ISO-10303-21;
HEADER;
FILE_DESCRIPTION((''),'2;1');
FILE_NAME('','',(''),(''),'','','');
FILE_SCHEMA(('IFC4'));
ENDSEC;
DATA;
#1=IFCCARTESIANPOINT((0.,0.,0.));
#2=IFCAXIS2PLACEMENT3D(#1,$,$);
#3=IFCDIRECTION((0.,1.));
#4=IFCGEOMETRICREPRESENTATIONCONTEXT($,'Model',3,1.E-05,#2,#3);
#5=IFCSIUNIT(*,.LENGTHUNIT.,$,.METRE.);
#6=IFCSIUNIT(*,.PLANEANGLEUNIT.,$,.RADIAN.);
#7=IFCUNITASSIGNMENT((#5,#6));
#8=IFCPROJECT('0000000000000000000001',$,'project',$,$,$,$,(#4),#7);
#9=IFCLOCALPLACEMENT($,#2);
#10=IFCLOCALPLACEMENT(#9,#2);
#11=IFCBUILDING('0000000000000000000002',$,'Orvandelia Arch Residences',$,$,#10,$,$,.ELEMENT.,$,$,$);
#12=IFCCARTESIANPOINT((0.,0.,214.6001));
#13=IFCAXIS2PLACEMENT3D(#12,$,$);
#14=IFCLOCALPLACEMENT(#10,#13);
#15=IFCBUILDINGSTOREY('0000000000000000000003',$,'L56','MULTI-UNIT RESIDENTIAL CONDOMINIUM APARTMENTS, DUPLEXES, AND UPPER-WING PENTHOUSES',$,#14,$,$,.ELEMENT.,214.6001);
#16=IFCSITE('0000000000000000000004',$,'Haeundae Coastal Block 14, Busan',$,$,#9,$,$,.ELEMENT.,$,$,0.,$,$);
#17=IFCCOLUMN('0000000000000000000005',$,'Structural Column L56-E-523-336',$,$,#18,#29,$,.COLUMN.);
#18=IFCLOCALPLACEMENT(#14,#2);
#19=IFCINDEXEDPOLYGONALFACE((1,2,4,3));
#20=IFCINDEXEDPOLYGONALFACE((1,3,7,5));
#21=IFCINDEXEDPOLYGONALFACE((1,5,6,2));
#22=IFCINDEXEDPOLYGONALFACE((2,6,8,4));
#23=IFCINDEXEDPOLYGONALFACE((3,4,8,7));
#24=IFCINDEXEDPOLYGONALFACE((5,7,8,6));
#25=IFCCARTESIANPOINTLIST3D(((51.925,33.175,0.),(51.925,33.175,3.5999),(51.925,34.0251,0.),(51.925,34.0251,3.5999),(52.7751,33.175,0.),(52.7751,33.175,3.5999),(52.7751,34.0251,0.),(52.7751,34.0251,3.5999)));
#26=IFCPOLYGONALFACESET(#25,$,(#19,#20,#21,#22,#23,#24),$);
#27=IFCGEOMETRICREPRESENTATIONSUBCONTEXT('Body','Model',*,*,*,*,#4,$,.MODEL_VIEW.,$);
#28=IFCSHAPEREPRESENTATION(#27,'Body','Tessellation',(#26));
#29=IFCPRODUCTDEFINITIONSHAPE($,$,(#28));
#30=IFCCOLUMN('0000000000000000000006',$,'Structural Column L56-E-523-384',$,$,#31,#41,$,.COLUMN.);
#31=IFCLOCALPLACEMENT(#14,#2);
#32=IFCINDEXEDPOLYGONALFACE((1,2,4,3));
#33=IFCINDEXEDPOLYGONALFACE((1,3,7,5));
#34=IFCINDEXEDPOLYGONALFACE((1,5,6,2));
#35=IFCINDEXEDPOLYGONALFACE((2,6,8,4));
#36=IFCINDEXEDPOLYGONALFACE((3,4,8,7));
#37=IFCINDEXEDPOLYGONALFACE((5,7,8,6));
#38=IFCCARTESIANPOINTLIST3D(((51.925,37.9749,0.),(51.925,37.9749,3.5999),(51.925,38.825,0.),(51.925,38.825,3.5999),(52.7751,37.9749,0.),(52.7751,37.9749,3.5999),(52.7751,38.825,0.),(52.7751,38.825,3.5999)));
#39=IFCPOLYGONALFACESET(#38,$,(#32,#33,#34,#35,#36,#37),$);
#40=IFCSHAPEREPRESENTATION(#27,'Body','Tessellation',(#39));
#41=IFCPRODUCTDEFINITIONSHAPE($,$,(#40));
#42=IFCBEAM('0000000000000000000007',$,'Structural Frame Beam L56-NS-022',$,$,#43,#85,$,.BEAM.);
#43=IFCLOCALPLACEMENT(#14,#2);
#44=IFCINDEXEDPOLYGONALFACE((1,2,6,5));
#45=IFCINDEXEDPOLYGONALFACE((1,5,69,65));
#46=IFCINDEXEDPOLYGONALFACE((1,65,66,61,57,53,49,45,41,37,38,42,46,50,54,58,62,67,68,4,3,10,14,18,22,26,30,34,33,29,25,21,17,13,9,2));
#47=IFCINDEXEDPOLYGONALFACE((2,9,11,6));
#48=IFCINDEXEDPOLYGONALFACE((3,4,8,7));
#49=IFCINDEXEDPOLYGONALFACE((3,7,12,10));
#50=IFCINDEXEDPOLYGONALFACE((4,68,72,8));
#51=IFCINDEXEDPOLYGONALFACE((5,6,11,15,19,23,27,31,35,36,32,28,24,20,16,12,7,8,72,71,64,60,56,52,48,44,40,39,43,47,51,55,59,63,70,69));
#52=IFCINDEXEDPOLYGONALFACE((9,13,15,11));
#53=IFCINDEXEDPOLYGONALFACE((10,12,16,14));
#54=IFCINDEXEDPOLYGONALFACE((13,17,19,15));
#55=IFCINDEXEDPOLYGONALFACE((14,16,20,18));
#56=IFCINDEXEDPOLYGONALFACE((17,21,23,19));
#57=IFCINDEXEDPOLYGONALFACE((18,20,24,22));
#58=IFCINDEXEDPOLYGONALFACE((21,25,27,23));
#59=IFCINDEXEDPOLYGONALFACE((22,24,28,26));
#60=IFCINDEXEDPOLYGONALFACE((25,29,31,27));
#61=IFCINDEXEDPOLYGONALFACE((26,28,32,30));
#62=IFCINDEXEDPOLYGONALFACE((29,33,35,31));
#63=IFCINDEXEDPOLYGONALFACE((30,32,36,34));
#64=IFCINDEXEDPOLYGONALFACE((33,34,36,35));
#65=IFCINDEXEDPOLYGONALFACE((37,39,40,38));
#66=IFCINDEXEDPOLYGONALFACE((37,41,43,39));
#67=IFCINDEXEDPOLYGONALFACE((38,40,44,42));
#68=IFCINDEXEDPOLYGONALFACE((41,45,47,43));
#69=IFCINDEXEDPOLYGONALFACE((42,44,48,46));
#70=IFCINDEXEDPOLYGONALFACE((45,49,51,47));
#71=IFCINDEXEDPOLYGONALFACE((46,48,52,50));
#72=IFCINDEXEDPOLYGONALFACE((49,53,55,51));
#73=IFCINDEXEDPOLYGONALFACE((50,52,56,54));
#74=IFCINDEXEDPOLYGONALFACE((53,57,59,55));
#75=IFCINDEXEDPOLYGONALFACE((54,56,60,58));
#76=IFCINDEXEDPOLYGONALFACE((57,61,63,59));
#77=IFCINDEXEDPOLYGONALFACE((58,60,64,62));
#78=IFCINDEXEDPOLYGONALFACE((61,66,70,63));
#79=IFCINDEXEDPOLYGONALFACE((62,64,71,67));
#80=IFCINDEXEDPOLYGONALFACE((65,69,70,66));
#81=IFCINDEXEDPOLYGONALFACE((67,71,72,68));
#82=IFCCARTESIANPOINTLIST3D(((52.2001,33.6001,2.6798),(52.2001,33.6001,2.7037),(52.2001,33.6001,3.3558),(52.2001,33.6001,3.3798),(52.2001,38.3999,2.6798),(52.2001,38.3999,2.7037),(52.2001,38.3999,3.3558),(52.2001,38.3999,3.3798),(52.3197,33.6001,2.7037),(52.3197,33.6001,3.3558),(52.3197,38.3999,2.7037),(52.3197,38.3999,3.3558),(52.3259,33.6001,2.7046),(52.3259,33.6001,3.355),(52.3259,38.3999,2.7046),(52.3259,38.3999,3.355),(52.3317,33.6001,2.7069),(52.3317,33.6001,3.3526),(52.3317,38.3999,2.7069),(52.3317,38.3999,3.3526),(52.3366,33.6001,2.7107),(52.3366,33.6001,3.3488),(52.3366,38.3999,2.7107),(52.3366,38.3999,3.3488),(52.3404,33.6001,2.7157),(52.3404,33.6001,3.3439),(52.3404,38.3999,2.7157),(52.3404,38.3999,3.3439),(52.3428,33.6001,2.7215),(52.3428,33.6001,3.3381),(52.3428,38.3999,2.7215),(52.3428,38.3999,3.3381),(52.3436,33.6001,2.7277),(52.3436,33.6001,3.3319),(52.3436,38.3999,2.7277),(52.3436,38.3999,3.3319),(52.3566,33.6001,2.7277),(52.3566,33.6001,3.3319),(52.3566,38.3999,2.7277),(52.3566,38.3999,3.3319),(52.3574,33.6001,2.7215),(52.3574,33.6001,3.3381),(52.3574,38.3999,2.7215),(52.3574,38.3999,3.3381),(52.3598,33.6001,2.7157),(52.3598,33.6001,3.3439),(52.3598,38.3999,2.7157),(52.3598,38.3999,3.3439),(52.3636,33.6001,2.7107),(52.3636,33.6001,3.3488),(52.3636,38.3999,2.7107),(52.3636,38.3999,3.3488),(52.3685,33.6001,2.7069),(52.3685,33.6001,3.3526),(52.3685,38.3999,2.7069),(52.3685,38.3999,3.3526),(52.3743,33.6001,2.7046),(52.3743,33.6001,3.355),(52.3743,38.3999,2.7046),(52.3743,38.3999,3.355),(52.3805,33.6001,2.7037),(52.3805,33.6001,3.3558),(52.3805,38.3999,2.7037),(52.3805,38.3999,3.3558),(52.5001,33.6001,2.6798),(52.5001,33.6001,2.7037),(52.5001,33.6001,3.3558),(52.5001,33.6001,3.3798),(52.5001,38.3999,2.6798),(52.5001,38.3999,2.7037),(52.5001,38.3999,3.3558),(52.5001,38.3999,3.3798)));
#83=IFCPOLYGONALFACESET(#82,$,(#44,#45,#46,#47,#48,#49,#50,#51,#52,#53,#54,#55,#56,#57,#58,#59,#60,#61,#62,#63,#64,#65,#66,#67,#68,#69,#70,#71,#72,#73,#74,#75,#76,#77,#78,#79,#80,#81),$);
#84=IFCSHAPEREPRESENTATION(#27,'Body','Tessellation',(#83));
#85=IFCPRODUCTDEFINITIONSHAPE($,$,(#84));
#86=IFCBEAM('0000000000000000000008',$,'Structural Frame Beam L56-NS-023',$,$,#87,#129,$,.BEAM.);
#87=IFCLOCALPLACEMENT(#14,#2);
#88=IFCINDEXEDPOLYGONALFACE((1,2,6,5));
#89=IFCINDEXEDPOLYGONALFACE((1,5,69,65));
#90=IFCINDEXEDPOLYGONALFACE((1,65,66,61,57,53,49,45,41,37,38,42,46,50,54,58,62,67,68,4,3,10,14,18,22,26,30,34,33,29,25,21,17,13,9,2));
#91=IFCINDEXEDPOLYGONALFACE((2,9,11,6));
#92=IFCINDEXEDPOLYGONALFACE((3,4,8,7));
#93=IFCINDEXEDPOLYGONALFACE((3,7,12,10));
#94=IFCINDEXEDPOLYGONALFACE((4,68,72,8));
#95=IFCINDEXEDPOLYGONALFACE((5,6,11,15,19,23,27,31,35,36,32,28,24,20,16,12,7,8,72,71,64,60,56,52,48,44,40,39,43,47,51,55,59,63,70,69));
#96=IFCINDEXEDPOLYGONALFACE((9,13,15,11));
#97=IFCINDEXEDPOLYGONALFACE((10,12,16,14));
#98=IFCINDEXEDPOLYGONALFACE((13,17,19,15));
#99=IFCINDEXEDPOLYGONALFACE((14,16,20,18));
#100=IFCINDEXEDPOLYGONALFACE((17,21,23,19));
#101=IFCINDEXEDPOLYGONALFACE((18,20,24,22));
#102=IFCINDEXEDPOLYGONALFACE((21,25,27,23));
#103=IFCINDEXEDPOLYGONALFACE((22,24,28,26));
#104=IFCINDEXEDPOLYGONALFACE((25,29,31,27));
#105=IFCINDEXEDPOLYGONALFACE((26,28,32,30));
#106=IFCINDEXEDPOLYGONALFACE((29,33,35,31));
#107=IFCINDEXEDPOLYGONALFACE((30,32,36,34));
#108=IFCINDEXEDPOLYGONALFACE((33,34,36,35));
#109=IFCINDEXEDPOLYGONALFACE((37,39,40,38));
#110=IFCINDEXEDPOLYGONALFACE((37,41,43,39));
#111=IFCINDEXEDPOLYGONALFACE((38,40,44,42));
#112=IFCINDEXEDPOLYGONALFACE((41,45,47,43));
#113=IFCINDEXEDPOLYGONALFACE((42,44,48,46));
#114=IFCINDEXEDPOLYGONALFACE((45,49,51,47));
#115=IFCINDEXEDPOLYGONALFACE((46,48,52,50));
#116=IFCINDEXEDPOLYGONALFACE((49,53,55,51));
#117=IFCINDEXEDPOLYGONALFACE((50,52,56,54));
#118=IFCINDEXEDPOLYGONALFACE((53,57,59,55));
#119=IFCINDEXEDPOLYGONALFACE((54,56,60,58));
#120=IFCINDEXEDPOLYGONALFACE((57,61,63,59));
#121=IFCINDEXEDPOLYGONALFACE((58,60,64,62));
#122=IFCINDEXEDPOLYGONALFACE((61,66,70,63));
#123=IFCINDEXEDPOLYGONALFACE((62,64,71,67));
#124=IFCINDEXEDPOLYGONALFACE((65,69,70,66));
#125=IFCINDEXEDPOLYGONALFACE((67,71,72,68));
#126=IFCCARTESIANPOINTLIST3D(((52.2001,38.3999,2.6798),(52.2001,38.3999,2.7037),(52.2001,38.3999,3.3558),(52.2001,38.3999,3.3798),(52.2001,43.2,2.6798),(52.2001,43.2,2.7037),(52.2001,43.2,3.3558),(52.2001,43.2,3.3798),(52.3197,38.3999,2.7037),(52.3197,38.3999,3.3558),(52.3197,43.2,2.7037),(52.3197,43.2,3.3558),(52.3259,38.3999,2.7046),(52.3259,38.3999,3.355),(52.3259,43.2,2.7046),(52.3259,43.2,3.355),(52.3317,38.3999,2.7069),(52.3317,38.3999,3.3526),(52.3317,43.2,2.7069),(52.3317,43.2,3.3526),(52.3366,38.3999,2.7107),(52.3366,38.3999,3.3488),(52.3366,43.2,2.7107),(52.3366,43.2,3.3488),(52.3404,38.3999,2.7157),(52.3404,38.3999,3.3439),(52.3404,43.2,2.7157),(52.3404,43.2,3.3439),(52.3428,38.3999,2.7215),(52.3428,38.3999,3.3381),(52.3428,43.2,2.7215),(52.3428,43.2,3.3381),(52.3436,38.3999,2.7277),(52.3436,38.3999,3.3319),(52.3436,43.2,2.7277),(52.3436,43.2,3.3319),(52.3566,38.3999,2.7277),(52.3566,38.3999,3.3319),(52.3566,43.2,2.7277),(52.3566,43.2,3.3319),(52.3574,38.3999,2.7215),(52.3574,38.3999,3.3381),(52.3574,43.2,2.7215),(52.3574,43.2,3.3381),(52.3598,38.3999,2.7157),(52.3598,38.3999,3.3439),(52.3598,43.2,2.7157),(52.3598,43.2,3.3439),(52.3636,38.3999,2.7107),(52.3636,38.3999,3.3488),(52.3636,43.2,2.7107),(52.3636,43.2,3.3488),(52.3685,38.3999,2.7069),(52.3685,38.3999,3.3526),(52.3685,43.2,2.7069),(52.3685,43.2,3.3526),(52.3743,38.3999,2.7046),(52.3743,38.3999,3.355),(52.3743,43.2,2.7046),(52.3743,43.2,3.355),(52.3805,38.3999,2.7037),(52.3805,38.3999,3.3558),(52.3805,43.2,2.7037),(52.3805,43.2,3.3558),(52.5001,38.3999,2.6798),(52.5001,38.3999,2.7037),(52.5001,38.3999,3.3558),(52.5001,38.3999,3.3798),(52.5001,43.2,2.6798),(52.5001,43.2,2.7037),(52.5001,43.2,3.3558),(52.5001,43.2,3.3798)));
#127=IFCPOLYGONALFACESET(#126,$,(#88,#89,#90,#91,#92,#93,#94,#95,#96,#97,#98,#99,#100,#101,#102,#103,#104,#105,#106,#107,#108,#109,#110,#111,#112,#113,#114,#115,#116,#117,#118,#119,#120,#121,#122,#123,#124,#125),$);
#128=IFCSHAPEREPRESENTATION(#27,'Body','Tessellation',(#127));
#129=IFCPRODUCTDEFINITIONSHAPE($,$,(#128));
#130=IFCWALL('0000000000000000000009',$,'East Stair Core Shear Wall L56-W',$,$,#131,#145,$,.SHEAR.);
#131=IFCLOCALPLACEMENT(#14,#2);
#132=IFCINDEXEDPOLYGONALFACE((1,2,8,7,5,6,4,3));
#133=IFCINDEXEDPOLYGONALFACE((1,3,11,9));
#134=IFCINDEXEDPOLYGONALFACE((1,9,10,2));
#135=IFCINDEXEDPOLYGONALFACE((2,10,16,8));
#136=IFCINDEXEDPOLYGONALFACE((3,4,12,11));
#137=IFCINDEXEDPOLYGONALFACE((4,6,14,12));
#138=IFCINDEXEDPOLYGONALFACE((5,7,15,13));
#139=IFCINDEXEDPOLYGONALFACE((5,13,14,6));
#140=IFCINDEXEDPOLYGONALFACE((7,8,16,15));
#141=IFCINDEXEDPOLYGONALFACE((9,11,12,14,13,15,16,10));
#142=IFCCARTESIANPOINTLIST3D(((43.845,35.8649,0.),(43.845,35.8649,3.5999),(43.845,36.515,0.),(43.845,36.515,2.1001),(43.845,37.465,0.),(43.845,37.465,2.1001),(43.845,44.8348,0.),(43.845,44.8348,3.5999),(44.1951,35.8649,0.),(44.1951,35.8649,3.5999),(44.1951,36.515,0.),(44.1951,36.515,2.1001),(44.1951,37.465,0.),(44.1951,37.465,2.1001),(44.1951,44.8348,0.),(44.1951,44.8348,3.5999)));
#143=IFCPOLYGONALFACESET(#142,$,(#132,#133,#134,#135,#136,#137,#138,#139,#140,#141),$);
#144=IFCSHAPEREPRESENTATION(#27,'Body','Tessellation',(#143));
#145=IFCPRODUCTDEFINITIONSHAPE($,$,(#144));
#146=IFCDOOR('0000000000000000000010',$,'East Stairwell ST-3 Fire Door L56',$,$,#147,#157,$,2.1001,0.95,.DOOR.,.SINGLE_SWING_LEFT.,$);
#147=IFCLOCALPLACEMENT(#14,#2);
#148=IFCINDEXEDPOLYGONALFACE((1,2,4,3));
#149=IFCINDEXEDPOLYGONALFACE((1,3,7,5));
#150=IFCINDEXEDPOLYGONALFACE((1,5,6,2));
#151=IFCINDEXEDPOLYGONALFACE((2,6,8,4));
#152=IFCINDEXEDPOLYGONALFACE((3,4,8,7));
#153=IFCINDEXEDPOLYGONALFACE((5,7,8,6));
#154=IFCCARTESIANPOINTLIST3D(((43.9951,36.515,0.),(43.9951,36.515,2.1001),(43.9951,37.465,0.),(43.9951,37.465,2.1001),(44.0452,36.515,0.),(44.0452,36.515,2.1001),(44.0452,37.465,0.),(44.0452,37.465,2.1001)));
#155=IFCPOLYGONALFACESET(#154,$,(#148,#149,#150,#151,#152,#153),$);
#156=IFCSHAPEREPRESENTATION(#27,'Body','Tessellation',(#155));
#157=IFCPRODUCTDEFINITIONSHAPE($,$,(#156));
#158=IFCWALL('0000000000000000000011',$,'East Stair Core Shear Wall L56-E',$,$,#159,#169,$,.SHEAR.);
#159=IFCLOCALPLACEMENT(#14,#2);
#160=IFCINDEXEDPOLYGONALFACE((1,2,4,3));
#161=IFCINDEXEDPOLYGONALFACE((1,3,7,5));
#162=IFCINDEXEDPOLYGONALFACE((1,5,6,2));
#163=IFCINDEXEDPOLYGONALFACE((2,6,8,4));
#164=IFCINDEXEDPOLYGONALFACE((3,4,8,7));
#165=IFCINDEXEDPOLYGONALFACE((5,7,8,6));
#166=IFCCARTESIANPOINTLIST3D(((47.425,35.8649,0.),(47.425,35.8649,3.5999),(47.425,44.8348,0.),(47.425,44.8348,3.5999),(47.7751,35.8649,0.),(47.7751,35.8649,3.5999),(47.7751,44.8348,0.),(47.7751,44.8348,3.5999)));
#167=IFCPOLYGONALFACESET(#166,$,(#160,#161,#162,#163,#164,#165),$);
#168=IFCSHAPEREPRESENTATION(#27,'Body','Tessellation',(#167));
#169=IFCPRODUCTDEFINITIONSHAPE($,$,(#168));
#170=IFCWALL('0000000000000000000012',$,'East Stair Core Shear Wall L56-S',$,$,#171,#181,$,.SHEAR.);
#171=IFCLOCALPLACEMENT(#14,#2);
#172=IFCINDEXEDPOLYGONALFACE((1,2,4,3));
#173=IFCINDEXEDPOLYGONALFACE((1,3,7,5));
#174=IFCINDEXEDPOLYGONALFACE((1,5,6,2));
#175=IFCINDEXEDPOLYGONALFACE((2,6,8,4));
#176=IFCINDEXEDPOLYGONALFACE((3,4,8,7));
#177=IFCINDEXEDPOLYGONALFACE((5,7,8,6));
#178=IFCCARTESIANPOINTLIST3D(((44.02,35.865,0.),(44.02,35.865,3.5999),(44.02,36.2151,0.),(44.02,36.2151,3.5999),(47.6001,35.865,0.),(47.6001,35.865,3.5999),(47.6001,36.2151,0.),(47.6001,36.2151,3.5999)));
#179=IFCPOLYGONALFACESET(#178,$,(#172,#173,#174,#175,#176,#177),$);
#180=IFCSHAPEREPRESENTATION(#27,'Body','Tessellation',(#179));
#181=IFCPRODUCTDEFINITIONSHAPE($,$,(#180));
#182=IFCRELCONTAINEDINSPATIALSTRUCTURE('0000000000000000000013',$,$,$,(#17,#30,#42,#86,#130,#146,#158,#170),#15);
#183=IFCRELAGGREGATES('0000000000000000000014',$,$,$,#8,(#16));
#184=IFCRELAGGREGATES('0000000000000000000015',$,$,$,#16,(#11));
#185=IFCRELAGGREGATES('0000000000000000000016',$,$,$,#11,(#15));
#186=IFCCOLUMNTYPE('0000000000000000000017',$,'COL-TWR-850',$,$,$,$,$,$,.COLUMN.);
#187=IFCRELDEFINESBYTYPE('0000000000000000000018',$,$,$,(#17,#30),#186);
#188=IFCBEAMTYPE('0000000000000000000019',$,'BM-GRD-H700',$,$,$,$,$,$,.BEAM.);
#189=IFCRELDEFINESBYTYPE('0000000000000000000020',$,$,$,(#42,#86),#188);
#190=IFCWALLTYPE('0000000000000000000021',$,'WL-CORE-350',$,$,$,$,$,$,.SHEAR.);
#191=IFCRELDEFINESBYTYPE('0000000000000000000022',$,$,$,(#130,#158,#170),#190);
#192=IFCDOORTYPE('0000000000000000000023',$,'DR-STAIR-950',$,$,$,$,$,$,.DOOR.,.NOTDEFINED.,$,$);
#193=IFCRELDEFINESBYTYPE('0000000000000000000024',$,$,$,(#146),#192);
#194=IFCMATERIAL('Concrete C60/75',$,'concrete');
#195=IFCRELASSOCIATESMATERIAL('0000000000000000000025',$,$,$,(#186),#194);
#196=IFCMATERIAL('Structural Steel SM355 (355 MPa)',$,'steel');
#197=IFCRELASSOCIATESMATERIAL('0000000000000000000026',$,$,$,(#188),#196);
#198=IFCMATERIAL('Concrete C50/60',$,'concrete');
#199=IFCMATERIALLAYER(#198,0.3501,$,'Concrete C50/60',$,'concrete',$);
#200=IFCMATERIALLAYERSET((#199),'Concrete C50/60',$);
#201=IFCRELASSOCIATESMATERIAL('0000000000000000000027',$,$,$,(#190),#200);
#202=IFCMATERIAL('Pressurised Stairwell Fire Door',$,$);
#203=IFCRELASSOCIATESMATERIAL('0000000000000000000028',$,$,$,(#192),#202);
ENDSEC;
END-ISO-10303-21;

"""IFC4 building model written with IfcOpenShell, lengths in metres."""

from ifc_helpers import new_model, si_unit, direction, frame, frame_2d, origin, origin_2d, place, context, subcontext, project, spatial, rectangle, i_section, extrude, material, layer, layer_set, material_profile, profile_set, type_object, element, fill, save


model = new_model("IFC4")

# Units and contexts
model_context = context("Model", 3, precision=1e-05, world=origin(), true_north=direction((0.0, 1.0)))
body_context = subcontext(model_context, "Body", "Model", "MODEL_VIEW")
ifc_project = project(units=[si_unit("LENGTHUNIT", "METRE"), si_unit("PLANEANGLEUNIT", "RADIAN")], contexts=[model_context])

# Site, building, storey
site_placement = place(None, origin())
site = spatial("IfcSite", under=ifc_project, at=site_placement, Name="Haeundae Coastal Block 14, Busan", CompositionType="ELEMENT", RefElevation=0.0)
building_placement = place(site_placement, origin())
building = spatial("IfcBuilding", under=site, at=building_placement, Name="Orvandelia Arch Residences", CompositionType="ELEMENT")
storey_placement = place(building_placement, frame((0.0, 0.0, 214.6001)))
storey = spatial("IfcBuildingStorey", under=building, at=storey_placement, Name="L56", Description="MULTI-UNIT RESIDENTIAL CONDOMINIUM APARTMENTS, DUPLEXES, AND UPPER-WING PENTHOUSES", CompositionType="ELEMENT", Elevation=214.6001)

# Columns
ifc_material_1 = material(Name="Concrete C60/75", Category="concrete")
ifc_material_profile_1 = material_profile(ifc_material_1, rectangle(XDim=0.8501, YDim=0.8501, at=origin_2d()), Name="Concrete C60/75", Category="concrete")
ifc_profile_set_1 = profile_set([ifc_material_profile_1], Name="Concrete C60/75")
column_type = type_object("IfcColumnType", Name="COL-TWR-850", PredefinedType="COLUMN", material=ifc_profile_set_1)
for number, where, z_axis, x_axis, name in (
    (1, (52.3501, 33.6001, 0.0), (0.0, 0.0, 1.0), (1.0, 0.0, 0.0), "Structural Column L56-E-523-336"),
    (2, (52.3501, 38.3999, 0.0), (0.0, 0.0, 1.0), (1.0, 0.0, 0.0), "Structural Column L56-E-523-384"),
):
    element("IfcColumn", number, at=place(storey_placement, frame(where, z_axis=z_axis, x_axis=x_axis)), inside=storey, type_object=column_type, Name=name, PredefinedType="COLUMN", context=body_context, shape_type="SweptSolid", body=[
        extrude(rectangle(XDim=0.8501, YDim=0.8501, at=origin_2d()), origin(), (0.0, 0.0, 1.0), 3.5999),
    ])

# Beams
ifc_material_2 = material(Name="Structural Steel SM355 (355 MPa)", Category="steel")
ifc_material_profile_2 = material_profile(ifc_material_2, i_section(OverallWidth=0.3, OverallDepth=0.7, WebThickness=0.0129, FlangeThickness=0.0239, FilletRadius=0.0239, at=origin_2d()), Name="Structural Steel SM355 (355 MPa)", Category="steel")
ifc_profile_set_2 = profile_set([ifc_material_profile_2], Name="Structural Steel SM355 (355 MPa)")
beam_type = type_object("IfcBeamType", Name="BM-GRD-H700", PredefinedType="BEAM", material=ifc_profile_set_2)
beam_1_placement = place(storey_placement, frame((52.3501, 33.6001, 3.0298), z_axis=(0.0, 1.0, 0.0), x_axis=(-1.0, 0.0, 0.0)))
element("IfcBeam", 3, at=beam_1_placement, inside=storey, type_object=beam_type, Name="Structural Frame Beam L56-NS-022", PredefinedType="BEAM", context=body_context, shape_type="SweptSolid", body=[
    extrude(i_section(OverallWidth=0.3, OverallDepth=0.7, WebThickness=0.0129, FlangeThickness=0.0239, FilletRadius=0.0239, at=origin_2d()), origin(), (0.0, 0.0, 1.0), 4.7998),
])
beam_2_placement = place(storey_placement, frame((52.3501, 38.3999, 3.0298), z_axis=(0.0, 1.0, 0.0), x_axis=(-1.0, 0.0, 0.0)))
element("IfcBeam", 4, at=beam_2_placement, inside=storey, type_object=beam_type, Name="Structural Frame Beam L56-NS-023", PredefinedType="BEAM", context=body_context, shape_type="SweptSolid", body=[
    extrude(i_section(OverallWidth=0.3, OverallDepth=0.7, WebThickness=0.0129, FlangeThickness=0.0239, FilletRadius=0.0239, at=origin_2d()), origin(), (0.0, 0.0, 1.0), 4.8),
])

# Wall, opening, door
ifc_material_3 = material(Name="Concrete C50/60", Category="concrete")
ifc_layer_1 = layer(ifc_material_3, 0.3501, Name="Concrete C50/60", Category="concrete")
ifc_layer_set_1 = layer_set([ifc_layer_1], Name="Concrete C50/60")
wall_type_1 = type_object("IfcWallType", Name="WL-CORE-350", PredefinedType="SHEAR", material=ifc_layer_set_1)
wall_1_placement = place(storey_placement, frame((44.02, 35.865, 0.0), z_axis=(0.0, 0.0, 1.0), x_axis=(0.0, 1.0, 0.0)))
wall_1 = element("IfcWall", 5, at=wall_1_placement, inside=storey, type_object=wall_type_1, Name="East Stair Core Shear Wall L56-W", PredefinedType="SHEAR", context=body_context, shape_type="SweptSolid", body=[
    extrude(rectangle(XDim=8.97, YDim=0.3501, at=frame_2d((4.4849, 0.0))), origin(), (0.0, 0.0, 1.0), 3.5999),
])
opening_1_placement = place(wall_1_placement, frame((0.6499, 0.0, 0.0)))
opening_1 = element("IfcOpeningElement", 6, at=opening_1_placement, cuts=wall_1, PredefinedType="OPENING", context=body_context, shape_type="SweptSolid", body=[
    extrude(rectangle(XDim=0.95, YDim=2.1001, at=frame_2d((0.4751, 1.05))), frame((0.0, 0.1851, 0.0), z_axis=(0.0, -1.0, 0.0), x_axis=(1.0, 0.0, 0.0)), (0.0, 0.0, 1.0), 0.3701),
])
ifc_material_4 = material(Name="Pressurised Stairwell Fire Door")
door_type_1 = type_object("IfcDoorType", Name="DR-STAIR-950", OperationType="NOTDEFINED", PredefinedType="DOOR", material=ifc_material_4)
door_1_placement = place(opening_1_placement, origin())
door_1 = element("IfcDoor", 7, at=door_1_placement, inside=storey, type_object=door_type_1, Name="East Stairwell ST-3 Fire Door L56", OperationType="SINGLE_SWING_LEFT", OverallHeight=2.1001, OverallWidth=0.95, PredefinedType="DOOR", context=body_context, shape_type="SweptSolid", body=[
    extrude(rectangle(XDim=0.95, YDim=2.1001, at=frame_2d((0.4751, 1.05))), frame((0.0, 0.0249, 0.0), z_axis=(0.0, -1.0, 0.0), x_axis=(1.0, 0.0, 0.0)), (0.0, 0.0, 1.0), 0.05),
])
fill(opening_1, door_1)

# Walls
wall_2_placement = place(storey_placement, frame((47.6001, 35.865, 0.0), z_axis=(0.0, 0.0, 1.0), x_axis=(0.0, 1.0, 0.0)))
element("IfcWall", 8, at=wall_2_placement, inside=storey, type_object=wall_type_1, Name="East Stair Core Shear Wall L56-E", PredefinedType="SHEAR", context=body_context, shape_type="SweptSolid", body=[
    extrude(rectangle(XDim=8.97, YDim=0.3501, at=frame_2d((4.4849, 0.0))), origin(), (0.0, 0.0, 1.0), 3.5999),
])
wall_3_placement = place(storey_placement, frame((44.02, 36.04, 0.0), z_axis=(0.0, 0.0, 1.0), x_axis=(1.0, 0.0, 0.0)))
element("IfcWall", 9, at=wall_3_placement, inside=storey, type_object=wall_type_1, Name="East Stair Core Shear Wall L56-S", PredefinedType="SHEAR", context=body_context, shape_type="SweptSolid", body=[
    extrude(rectangle(XDim=3.5801, YDim=0.3501, at=frame_2d((1.79, 0.0))), origin(), (0.0, 0.0, 1.0), 3.5999),
])

save(model, "model.ifc")
